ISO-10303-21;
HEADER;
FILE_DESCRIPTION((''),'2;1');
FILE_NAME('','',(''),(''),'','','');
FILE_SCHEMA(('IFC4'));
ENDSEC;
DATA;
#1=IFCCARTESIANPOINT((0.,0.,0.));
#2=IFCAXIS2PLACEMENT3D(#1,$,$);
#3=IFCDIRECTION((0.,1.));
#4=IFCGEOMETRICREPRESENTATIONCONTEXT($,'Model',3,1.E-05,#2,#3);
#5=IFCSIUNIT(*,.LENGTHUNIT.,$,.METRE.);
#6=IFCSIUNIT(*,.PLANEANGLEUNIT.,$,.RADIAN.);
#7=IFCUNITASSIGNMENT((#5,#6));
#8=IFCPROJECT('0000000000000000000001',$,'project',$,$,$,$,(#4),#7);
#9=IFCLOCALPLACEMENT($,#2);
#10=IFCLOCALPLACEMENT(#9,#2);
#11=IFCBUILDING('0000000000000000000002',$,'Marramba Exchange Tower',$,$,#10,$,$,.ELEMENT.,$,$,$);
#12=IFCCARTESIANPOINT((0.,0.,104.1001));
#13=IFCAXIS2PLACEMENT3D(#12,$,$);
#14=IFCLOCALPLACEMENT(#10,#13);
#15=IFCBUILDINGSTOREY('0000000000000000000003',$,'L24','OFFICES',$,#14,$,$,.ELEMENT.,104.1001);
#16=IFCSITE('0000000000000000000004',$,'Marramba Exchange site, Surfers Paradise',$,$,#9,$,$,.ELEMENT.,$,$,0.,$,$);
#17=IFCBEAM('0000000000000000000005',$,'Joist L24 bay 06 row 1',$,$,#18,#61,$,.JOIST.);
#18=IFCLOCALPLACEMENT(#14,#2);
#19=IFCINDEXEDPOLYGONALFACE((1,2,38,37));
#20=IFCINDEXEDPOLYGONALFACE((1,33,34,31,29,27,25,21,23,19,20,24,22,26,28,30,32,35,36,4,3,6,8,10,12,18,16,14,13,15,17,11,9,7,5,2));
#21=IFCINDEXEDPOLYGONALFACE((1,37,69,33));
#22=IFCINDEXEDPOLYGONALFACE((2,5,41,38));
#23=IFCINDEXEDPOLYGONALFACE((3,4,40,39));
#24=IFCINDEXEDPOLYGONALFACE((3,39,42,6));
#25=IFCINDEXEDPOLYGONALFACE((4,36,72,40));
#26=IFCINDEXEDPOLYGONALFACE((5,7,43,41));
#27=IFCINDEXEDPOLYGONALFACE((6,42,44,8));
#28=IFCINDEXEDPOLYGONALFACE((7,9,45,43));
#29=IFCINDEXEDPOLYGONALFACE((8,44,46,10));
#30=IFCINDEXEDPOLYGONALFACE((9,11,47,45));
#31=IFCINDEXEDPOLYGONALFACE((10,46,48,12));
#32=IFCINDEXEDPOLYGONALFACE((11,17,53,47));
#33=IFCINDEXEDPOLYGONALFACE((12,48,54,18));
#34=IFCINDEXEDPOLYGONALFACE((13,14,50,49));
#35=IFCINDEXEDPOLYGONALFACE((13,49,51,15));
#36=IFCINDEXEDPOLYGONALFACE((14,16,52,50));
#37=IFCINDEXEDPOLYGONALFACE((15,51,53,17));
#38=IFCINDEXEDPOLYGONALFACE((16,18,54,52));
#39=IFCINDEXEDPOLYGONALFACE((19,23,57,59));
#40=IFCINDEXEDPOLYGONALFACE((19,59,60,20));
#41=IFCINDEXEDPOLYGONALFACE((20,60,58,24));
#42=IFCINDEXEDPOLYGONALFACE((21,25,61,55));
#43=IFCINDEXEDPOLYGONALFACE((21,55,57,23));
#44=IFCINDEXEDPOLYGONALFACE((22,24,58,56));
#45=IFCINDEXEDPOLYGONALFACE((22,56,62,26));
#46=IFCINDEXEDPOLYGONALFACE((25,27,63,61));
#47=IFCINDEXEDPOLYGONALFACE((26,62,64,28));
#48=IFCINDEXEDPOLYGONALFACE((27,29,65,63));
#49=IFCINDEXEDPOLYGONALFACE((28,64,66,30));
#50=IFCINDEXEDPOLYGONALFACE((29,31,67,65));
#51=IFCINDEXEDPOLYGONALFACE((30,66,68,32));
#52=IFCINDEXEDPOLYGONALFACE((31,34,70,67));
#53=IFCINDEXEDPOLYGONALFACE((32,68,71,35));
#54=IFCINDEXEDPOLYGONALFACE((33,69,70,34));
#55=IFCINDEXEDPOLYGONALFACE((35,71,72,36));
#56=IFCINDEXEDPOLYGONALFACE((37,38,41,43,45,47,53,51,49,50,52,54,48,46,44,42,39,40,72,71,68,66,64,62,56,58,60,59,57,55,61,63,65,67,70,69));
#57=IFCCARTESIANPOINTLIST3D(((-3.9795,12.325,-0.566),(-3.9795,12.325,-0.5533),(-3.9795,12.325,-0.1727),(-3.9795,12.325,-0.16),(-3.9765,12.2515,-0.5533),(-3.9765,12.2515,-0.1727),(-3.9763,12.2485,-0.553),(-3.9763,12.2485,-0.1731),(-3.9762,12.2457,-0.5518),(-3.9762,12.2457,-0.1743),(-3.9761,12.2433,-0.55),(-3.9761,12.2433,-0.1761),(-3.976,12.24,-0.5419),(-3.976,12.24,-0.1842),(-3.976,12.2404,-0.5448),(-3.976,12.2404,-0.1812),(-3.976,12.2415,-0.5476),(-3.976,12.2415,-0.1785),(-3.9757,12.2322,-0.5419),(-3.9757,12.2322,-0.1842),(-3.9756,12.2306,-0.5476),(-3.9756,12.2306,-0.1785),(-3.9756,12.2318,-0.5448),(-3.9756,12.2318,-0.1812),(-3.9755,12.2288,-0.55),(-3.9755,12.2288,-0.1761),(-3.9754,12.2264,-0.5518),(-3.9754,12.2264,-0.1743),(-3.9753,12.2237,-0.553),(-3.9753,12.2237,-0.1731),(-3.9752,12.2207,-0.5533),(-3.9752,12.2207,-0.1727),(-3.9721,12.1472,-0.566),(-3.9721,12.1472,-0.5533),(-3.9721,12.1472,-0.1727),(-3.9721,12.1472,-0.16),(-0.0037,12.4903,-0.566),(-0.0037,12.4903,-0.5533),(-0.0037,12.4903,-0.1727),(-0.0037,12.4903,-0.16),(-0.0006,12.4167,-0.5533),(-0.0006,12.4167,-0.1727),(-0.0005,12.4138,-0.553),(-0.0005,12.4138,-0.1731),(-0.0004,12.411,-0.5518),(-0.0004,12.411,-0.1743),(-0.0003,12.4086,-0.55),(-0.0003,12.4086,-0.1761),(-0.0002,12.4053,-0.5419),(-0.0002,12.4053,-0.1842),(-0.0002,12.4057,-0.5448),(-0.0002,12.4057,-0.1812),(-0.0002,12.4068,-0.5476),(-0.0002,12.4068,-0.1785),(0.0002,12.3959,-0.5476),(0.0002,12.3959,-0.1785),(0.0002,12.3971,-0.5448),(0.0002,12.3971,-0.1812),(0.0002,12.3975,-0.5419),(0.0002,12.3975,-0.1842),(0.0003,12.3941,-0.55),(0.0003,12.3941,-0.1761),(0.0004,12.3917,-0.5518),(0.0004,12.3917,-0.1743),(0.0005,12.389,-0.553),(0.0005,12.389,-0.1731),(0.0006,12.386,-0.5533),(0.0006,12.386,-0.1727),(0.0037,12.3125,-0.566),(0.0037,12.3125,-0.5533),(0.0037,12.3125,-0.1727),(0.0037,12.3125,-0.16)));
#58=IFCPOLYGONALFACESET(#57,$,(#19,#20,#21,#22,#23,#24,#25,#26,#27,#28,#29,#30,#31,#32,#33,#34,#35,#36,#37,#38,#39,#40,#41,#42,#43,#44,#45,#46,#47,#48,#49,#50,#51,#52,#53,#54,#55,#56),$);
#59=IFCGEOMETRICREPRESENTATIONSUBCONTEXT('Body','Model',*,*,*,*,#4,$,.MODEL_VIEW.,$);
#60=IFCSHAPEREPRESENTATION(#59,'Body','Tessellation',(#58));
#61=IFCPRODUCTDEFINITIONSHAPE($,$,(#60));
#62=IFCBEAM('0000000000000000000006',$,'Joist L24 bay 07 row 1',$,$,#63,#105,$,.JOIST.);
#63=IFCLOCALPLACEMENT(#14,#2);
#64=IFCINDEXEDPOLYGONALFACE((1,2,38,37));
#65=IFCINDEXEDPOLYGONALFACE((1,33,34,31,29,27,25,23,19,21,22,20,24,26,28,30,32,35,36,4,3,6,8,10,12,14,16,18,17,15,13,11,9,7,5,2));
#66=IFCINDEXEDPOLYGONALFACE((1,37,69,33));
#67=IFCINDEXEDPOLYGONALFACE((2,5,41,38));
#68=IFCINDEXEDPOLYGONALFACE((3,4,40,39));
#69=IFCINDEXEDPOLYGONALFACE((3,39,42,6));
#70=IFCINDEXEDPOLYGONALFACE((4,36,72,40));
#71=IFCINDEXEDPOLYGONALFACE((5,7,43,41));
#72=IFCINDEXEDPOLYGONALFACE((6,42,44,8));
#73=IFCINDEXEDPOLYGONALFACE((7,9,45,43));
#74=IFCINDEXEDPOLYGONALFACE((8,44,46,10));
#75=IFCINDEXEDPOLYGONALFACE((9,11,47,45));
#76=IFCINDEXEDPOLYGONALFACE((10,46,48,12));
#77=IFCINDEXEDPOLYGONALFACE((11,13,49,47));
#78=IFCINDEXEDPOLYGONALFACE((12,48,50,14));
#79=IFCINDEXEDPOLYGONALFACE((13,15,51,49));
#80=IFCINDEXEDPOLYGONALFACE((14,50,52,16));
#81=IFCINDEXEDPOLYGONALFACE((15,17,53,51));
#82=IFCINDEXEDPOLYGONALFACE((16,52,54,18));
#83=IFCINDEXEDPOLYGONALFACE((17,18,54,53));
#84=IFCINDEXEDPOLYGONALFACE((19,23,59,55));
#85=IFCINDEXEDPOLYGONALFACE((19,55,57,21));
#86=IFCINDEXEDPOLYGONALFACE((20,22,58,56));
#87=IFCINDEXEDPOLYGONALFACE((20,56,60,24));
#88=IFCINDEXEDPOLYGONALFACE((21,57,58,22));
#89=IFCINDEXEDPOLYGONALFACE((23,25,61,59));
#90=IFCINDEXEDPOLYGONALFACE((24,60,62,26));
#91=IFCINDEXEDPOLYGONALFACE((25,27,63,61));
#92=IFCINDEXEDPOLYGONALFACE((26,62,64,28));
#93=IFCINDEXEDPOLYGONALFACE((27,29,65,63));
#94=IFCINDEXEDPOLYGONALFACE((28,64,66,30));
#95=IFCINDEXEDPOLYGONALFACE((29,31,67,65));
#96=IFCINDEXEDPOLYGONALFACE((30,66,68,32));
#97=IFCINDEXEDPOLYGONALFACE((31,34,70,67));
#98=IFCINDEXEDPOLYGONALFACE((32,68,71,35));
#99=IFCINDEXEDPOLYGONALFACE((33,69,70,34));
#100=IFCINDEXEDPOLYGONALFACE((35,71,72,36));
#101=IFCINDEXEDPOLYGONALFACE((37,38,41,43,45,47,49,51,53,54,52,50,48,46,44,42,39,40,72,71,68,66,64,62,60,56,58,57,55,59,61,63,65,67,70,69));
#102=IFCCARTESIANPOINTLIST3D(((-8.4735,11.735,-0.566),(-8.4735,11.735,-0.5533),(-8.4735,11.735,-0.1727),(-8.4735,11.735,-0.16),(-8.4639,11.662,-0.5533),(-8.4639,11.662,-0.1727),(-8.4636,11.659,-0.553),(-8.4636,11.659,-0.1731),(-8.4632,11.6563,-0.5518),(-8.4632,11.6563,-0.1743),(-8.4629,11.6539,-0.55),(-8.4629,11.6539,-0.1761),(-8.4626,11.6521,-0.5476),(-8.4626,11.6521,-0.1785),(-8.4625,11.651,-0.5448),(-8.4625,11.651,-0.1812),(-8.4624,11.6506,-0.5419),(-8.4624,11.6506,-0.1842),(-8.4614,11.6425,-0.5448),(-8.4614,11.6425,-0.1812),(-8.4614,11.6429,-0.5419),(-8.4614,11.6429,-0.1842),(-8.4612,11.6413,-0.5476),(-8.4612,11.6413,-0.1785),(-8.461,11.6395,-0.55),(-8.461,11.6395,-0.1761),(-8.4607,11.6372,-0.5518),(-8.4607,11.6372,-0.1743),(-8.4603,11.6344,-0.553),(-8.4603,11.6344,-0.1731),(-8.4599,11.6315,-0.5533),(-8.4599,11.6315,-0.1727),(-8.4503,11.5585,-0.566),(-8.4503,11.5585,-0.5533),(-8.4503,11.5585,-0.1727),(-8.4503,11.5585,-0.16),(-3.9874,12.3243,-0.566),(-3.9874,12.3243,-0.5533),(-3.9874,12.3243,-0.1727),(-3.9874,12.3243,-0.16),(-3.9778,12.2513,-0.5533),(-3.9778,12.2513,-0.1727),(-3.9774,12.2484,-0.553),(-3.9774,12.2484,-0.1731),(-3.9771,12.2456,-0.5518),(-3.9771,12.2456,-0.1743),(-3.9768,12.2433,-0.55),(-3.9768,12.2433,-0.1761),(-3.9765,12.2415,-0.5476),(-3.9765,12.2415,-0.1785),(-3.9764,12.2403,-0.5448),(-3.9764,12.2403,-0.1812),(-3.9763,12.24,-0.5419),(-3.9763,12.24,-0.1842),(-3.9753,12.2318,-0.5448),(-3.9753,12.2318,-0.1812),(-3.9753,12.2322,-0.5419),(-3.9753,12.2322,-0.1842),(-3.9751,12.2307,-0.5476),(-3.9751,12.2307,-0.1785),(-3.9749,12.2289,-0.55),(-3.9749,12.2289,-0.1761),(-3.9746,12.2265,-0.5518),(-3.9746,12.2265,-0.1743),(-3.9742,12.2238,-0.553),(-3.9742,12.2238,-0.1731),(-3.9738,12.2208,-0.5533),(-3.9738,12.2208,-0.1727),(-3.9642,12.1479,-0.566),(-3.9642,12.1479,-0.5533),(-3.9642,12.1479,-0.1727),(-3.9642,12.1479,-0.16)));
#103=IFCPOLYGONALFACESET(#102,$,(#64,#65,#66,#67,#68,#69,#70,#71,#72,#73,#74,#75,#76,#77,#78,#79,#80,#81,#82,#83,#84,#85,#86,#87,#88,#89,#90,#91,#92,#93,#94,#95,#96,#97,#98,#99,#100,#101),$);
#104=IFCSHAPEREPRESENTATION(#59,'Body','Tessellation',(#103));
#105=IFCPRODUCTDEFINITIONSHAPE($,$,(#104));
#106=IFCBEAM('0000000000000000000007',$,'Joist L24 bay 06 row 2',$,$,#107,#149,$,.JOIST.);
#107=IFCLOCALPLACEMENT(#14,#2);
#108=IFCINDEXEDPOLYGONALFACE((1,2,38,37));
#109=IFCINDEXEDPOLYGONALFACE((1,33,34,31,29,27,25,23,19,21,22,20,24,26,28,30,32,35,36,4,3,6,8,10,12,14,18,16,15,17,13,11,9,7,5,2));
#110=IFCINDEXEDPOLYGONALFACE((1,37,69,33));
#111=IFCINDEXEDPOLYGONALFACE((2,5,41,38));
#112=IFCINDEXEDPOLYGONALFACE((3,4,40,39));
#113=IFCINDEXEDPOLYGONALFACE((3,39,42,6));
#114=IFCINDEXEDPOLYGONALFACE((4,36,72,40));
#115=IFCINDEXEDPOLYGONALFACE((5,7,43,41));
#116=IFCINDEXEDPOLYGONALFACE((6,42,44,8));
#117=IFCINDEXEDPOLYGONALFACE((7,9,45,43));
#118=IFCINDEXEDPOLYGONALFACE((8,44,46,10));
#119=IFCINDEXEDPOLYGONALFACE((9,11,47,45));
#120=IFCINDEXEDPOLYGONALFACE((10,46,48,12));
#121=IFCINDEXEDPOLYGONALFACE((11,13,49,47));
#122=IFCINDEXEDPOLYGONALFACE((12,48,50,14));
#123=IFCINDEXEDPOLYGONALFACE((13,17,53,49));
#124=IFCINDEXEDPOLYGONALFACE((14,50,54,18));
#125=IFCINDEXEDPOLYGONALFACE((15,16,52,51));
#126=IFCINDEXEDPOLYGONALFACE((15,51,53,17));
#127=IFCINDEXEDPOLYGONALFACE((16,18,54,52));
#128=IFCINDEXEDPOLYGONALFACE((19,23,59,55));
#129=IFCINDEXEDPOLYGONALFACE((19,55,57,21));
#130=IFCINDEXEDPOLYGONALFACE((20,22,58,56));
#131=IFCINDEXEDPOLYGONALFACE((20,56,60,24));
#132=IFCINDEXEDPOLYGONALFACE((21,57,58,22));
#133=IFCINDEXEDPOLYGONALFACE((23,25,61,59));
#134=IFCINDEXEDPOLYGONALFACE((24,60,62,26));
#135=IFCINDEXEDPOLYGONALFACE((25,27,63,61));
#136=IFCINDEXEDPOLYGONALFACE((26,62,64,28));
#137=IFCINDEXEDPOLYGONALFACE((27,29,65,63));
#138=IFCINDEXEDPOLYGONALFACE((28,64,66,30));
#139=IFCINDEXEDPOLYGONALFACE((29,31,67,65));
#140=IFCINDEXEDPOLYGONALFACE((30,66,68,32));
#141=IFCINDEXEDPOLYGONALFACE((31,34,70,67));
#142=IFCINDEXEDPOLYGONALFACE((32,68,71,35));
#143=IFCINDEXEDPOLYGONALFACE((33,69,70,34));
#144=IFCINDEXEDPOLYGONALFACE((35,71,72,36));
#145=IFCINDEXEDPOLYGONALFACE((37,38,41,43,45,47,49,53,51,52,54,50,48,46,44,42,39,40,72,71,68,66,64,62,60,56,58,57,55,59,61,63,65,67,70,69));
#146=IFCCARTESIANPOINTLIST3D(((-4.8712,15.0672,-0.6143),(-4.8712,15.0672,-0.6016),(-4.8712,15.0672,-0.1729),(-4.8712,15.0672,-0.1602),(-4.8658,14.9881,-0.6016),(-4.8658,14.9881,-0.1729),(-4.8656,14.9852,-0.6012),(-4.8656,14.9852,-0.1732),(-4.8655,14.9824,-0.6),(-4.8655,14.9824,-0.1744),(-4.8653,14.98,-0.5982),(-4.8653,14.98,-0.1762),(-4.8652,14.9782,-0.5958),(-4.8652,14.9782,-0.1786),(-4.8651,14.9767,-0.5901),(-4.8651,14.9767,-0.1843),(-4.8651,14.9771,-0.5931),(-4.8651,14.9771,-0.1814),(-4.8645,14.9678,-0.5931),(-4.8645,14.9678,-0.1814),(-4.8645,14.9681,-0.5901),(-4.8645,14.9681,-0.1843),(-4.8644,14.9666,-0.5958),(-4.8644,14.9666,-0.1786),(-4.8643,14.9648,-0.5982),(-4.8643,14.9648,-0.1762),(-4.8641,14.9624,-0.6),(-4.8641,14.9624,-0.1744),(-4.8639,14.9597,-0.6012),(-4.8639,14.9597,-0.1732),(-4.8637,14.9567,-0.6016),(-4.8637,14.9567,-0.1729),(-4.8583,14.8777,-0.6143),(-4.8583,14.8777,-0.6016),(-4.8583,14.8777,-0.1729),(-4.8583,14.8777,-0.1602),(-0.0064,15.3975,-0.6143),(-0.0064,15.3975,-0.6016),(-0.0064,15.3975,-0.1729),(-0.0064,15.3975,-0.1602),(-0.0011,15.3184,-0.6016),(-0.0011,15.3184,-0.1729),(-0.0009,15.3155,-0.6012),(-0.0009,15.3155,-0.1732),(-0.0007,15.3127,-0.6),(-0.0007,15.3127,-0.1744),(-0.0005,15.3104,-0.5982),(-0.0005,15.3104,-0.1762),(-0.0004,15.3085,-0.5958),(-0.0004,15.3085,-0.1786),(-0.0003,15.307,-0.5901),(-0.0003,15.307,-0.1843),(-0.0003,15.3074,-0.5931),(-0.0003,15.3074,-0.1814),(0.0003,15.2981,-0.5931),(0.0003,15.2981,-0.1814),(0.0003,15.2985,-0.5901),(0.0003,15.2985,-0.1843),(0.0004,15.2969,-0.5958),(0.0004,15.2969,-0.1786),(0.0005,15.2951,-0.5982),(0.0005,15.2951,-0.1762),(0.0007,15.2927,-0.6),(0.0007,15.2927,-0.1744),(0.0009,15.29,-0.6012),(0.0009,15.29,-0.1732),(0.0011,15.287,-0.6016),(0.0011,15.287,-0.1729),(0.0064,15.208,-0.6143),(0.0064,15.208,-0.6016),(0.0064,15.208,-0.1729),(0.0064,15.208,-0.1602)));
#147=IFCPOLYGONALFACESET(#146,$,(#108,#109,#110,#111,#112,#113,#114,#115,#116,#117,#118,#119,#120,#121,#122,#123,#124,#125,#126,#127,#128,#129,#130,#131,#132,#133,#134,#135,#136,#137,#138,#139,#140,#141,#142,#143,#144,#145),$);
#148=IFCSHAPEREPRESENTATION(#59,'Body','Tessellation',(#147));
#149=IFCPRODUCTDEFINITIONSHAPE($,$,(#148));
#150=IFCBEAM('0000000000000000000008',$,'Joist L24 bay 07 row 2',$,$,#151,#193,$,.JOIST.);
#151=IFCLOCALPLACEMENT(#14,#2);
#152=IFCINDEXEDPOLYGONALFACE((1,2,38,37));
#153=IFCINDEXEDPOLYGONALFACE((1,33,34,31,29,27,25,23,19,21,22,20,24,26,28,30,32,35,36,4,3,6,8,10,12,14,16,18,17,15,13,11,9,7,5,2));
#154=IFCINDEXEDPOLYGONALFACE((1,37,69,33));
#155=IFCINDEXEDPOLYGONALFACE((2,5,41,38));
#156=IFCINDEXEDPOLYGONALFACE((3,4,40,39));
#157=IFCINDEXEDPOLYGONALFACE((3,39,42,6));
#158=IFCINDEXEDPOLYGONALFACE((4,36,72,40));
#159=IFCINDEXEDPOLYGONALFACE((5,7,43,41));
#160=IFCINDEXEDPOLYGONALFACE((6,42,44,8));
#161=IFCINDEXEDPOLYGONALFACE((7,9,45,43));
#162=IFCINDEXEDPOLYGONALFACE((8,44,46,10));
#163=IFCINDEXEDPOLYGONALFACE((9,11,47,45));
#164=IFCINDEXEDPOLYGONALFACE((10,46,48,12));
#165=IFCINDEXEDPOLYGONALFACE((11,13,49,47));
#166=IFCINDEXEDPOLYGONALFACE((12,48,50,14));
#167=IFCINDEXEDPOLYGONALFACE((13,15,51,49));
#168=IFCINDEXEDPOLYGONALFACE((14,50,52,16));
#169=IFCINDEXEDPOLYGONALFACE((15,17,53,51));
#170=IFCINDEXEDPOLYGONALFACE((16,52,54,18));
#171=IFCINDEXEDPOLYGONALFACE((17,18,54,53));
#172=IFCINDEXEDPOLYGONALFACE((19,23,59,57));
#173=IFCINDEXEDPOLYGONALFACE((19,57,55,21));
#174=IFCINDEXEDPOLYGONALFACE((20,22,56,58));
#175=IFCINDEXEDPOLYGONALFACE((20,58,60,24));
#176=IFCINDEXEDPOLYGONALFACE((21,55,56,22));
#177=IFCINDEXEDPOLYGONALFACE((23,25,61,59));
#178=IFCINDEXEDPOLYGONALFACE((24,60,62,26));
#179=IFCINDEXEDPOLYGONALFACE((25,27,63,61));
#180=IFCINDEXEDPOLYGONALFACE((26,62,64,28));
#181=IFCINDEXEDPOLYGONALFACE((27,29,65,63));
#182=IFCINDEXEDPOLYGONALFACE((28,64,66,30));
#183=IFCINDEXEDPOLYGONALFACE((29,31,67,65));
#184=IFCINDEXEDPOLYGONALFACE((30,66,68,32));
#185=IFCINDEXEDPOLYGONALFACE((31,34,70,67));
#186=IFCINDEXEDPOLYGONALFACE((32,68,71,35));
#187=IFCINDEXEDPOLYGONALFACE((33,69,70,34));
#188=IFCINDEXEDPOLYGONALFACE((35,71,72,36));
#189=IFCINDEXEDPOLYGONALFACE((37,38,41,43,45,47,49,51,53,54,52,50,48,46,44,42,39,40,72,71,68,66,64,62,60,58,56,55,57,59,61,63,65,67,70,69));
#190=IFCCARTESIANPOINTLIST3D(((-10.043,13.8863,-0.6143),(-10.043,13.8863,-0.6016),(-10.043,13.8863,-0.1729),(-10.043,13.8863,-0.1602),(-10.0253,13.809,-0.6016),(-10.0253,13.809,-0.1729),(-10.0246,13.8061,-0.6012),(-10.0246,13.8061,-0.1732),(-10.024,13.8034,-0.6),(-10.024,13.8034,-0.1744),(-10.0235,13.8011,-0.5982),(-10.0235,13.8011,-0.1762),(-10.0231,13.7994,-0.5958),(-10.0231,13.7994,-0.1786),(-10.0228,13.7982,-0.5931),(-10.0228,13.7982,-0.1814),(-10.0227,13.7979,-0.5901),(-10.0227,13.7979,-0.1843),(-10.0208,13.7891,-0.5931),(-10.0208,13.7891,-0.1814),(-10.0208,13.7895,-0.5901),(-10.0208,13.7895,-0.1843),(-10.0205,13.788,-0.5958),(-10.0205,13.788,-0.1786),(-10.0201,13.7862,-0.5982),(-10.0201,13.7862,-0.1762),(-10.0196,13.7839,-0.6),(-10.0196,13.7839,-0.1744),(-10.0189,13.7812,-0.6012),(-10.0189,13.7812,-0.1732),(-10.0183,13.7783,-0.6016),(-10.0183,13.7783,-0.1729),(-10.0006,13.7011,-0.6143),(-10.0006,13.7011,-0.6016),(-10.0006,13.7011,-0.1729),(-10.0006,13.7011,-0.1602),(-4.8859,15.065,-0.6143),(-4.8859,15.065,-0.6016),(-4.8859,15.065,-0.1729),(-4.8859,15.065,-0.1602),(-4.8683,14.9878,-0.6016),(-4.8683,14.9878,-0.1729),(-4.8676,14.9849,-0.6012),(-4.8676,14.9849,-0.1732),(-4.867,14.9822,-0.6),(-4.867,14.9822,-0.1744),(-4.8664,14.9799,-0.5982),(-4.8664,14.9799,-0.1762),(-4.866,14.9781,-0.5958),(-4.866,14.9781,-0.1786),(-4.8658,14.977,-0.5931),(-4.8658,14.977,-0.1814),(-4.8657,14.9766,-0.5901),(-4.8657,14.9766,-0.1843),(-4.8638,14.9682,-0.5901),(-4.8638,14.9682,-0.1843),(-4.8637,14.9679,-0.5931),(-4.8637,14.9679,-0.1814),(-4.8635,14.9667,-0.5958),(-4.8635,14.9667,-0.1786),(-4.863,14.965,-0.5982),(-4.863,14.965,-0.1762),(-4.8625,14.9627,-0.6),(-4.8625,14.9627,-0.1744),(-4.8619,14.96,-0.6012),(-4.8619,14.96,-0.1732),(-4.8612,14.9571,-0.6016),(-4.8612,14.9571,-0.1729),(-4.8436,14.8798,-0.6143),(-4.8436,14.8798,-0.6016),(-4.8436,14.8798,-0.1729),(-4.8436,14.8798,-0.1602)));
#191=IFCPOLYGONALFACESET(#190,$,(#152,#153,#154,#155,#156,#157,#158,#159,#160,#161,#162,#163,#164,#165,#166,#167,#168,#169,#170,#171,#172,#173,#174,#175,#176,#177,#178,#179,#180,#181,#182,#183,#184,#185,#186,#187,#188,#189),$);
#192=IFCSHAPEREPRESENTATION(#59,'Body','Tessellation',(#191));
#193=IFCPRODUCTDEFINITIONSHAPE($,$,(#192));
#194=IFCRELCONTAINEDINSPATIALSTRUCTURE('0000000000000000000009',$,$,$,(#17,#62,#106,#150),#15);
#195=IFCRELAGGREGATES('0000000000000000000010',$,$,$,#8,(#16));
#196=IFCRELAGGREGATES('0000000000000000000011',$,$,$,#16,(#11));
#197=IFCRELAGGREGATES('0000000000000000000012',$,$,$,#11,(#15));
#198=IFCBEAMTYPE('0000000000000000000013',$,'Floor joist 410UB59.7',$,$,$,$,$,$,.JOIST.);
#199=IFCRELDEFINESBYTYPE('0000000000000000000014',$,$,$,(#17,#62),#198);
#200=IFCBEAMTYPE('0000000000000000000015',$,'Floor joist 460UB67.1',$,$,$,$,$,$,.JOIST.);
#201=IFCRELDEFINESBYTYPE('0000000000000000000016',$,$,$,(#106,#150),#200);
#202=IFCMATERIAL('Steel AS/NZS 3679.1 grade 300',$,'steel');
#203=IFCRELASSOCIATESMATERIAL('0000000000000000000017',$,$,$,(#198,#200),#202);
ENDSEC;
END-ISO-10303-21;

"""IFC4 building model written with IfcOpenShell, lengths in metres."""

from ifc_helpers import new_model, si_unit, direction, frame, origin, origin_2d, place, context, subcontext, project, spatial, i_section, extrude, material, material_profile, profile_set, type_object, element, save


model = new_model("IFC4")

# Units and contexts
model_context = context("Model", 3, precision=1e-05, world=origin(), true_north=direction((0.0, 1.0)))
body_context = subcontext(model_context, "Body", "Model", "MODEL_VIEW")
ifc_project = project(units=[si_unit("LENGTHUNIT", "METRE"), si_unit("PLANEANGLEUNIT", "RADIAN")], contexts=[model_context])

# Site, building, storey
site_placement = place(None, origin())
site = spatial("IfcSite", under=ifc_project, at=site_placement, Name="Marramba Exchange site, Surfers Paradise", CompositionType="ELEMENT", RefElevation=0.0)
building_placement = place(site_placement, origin())
building = spatial("IfcBuilding", under=site, at=building_placement, Name="Marramba Exchange Tower", CompositionType="ELEMENT")
storey_placement = place(building_placement, frame((0.0, 0.0, 104.1001)))
storey = spatial("IfcBuildingStorey", under=building, at=storey_placement, Name="L24", Description="OFFICES", CompositionType="ELEMENT", Elevation=104.1001)

# Beams
ifc_material_1 = material(Name="Steel AS/NZS 3679.1 grade 300", Category="steel")
ifc_material_profile_1 = material_profile(ifc_material_1, i_section(OverallWidth=0.178, OverallDepth=0.406, WebThickness=0.0078, FlangeThickness=0.0127, FilletRadius=0.0115, at=origin_2d()), Name="410UB59.7")
ifc_profile_set_1 = profile_set([ifc_material_profile_1], Name="Steel AS/NZS 3679.1 grade 300")
beam_type_1 = type_object("IfcBeamType", Name="Floor joist 410UB59.7", PredefinedType="JOIST", material=ifc_profile_set_1)
beam_1_placement = place(storey_placement, frame((0.0, 12.4014, -0.363), z_axis=(-0.999137, -0.041536, 0.0), x_axis=(0.041536, -0.999137, 0.0)))
element("IfcBeam", 1, at=beam_1_placement, inside=storey, type_object=beam_type_1, Name="Joist L24 bay 06 row 1", PredefinedType="JOIST", context=body_context, shape_type="SweptSolid", body=[
    extrude(i_section(OverallWidth=0.178, OverallDepth=0.406, WebThickness=0.0078, FlangeThickness=0.0127, FilletRadius=0.0115, at=origin_2d()), origin(), (0.0, 0.0, 1.0), 3.9792),
])
beam_2_placement = place(storey_placement, frame((-3.9758, 12.2361, -0.363), z_axis=(-0.991481, -0.130255, 0.0), x_axis=(0.130255, -0.991481, 0.0)))
element("IfcBeam", 2, at=beam_2_placement, inside=storey, type_object=beam_type_1, Name="Joist L24 bay 07 row 1", PredefinedType="JOIST", context=body_context, shape_type="SweptSolid", body=[
    extrude(i_section(OverallWidth=0.178, OverallDepth=0.406, WebThickness=0.0078, FlangeThickness=0.0127, FilletRadius=0.0115, at=origin_2d()), origin(), (0.0, 0.0, 1.0), 4.5247),
])
ifc_material_profile_2 = material_profile(ifc_material_1, i_section(OverallWidth=0.1899, OverallDepth=0.4541, WebThickness=0.0085, FlangeThickness=0.0127, FilletRadius=0.0115, at=origin_2d()), Name="460UB67.1")
ifc_profile_set_2 = profile_set([ifc_material_profile_2], Name="Steel AS/NZS 3679.1 grade 300")
beam_type_2 = type_object("IfcBeamType", Name="Floor joist 460UB67.1", PredefinedType="JOIST", material=ifc_profile_set_2)
beam_3_placement = place(storey_placement, frame((0.0, 15.3027, -0.3872), z_axis=(-0.997703, -0.067745, 0.0), x_axis=(0.067745, -0.997703, 0.0)))
element("IfcBeam", 3, at=beam_3_placement, inside=storey, type_object=beam_type_2, Name="Joist L24 bay 06 row 2", PredefinedType="JOIST", context=body_context, shape_type="SweptSolid", body=[
    extrude(i_section(OverallWidth=0.1899, OverallDepth=0.4541, WebThickness=0.0085, FlangeThickness=0.0127, FilletRadius=0.0115, at=origin_2d()), origin(), (0.0, 0.0, 1.0), 4.876),
])
beam_4_placement = place(storey_placement, frame((-4.8647, 14.9724, -0.3872), z_axis=(-0.97486, -0.22282, 0.0), x_axis=(0.22282, -0.97486, 0.0)))
element("IfcBeam", 4, at=beam_4_placement, inside=storey, type_object=beam_type_2, Name="Joist L24 bay 07 row 2", PredefinedType="JOIST", context=body_context, shape_type="SweptSolid", body=[
    extrude(i_section(OverallWidth=0.1899, OverallDepth=0.4541, WebThickness=0.0085, FlangeThickness=0.0127, FilletRadius=0.0115, at=origin_2d()), origin(), (0.0, 0.0, 1.0), 5.29),
])

save(model, "model.ifc")
